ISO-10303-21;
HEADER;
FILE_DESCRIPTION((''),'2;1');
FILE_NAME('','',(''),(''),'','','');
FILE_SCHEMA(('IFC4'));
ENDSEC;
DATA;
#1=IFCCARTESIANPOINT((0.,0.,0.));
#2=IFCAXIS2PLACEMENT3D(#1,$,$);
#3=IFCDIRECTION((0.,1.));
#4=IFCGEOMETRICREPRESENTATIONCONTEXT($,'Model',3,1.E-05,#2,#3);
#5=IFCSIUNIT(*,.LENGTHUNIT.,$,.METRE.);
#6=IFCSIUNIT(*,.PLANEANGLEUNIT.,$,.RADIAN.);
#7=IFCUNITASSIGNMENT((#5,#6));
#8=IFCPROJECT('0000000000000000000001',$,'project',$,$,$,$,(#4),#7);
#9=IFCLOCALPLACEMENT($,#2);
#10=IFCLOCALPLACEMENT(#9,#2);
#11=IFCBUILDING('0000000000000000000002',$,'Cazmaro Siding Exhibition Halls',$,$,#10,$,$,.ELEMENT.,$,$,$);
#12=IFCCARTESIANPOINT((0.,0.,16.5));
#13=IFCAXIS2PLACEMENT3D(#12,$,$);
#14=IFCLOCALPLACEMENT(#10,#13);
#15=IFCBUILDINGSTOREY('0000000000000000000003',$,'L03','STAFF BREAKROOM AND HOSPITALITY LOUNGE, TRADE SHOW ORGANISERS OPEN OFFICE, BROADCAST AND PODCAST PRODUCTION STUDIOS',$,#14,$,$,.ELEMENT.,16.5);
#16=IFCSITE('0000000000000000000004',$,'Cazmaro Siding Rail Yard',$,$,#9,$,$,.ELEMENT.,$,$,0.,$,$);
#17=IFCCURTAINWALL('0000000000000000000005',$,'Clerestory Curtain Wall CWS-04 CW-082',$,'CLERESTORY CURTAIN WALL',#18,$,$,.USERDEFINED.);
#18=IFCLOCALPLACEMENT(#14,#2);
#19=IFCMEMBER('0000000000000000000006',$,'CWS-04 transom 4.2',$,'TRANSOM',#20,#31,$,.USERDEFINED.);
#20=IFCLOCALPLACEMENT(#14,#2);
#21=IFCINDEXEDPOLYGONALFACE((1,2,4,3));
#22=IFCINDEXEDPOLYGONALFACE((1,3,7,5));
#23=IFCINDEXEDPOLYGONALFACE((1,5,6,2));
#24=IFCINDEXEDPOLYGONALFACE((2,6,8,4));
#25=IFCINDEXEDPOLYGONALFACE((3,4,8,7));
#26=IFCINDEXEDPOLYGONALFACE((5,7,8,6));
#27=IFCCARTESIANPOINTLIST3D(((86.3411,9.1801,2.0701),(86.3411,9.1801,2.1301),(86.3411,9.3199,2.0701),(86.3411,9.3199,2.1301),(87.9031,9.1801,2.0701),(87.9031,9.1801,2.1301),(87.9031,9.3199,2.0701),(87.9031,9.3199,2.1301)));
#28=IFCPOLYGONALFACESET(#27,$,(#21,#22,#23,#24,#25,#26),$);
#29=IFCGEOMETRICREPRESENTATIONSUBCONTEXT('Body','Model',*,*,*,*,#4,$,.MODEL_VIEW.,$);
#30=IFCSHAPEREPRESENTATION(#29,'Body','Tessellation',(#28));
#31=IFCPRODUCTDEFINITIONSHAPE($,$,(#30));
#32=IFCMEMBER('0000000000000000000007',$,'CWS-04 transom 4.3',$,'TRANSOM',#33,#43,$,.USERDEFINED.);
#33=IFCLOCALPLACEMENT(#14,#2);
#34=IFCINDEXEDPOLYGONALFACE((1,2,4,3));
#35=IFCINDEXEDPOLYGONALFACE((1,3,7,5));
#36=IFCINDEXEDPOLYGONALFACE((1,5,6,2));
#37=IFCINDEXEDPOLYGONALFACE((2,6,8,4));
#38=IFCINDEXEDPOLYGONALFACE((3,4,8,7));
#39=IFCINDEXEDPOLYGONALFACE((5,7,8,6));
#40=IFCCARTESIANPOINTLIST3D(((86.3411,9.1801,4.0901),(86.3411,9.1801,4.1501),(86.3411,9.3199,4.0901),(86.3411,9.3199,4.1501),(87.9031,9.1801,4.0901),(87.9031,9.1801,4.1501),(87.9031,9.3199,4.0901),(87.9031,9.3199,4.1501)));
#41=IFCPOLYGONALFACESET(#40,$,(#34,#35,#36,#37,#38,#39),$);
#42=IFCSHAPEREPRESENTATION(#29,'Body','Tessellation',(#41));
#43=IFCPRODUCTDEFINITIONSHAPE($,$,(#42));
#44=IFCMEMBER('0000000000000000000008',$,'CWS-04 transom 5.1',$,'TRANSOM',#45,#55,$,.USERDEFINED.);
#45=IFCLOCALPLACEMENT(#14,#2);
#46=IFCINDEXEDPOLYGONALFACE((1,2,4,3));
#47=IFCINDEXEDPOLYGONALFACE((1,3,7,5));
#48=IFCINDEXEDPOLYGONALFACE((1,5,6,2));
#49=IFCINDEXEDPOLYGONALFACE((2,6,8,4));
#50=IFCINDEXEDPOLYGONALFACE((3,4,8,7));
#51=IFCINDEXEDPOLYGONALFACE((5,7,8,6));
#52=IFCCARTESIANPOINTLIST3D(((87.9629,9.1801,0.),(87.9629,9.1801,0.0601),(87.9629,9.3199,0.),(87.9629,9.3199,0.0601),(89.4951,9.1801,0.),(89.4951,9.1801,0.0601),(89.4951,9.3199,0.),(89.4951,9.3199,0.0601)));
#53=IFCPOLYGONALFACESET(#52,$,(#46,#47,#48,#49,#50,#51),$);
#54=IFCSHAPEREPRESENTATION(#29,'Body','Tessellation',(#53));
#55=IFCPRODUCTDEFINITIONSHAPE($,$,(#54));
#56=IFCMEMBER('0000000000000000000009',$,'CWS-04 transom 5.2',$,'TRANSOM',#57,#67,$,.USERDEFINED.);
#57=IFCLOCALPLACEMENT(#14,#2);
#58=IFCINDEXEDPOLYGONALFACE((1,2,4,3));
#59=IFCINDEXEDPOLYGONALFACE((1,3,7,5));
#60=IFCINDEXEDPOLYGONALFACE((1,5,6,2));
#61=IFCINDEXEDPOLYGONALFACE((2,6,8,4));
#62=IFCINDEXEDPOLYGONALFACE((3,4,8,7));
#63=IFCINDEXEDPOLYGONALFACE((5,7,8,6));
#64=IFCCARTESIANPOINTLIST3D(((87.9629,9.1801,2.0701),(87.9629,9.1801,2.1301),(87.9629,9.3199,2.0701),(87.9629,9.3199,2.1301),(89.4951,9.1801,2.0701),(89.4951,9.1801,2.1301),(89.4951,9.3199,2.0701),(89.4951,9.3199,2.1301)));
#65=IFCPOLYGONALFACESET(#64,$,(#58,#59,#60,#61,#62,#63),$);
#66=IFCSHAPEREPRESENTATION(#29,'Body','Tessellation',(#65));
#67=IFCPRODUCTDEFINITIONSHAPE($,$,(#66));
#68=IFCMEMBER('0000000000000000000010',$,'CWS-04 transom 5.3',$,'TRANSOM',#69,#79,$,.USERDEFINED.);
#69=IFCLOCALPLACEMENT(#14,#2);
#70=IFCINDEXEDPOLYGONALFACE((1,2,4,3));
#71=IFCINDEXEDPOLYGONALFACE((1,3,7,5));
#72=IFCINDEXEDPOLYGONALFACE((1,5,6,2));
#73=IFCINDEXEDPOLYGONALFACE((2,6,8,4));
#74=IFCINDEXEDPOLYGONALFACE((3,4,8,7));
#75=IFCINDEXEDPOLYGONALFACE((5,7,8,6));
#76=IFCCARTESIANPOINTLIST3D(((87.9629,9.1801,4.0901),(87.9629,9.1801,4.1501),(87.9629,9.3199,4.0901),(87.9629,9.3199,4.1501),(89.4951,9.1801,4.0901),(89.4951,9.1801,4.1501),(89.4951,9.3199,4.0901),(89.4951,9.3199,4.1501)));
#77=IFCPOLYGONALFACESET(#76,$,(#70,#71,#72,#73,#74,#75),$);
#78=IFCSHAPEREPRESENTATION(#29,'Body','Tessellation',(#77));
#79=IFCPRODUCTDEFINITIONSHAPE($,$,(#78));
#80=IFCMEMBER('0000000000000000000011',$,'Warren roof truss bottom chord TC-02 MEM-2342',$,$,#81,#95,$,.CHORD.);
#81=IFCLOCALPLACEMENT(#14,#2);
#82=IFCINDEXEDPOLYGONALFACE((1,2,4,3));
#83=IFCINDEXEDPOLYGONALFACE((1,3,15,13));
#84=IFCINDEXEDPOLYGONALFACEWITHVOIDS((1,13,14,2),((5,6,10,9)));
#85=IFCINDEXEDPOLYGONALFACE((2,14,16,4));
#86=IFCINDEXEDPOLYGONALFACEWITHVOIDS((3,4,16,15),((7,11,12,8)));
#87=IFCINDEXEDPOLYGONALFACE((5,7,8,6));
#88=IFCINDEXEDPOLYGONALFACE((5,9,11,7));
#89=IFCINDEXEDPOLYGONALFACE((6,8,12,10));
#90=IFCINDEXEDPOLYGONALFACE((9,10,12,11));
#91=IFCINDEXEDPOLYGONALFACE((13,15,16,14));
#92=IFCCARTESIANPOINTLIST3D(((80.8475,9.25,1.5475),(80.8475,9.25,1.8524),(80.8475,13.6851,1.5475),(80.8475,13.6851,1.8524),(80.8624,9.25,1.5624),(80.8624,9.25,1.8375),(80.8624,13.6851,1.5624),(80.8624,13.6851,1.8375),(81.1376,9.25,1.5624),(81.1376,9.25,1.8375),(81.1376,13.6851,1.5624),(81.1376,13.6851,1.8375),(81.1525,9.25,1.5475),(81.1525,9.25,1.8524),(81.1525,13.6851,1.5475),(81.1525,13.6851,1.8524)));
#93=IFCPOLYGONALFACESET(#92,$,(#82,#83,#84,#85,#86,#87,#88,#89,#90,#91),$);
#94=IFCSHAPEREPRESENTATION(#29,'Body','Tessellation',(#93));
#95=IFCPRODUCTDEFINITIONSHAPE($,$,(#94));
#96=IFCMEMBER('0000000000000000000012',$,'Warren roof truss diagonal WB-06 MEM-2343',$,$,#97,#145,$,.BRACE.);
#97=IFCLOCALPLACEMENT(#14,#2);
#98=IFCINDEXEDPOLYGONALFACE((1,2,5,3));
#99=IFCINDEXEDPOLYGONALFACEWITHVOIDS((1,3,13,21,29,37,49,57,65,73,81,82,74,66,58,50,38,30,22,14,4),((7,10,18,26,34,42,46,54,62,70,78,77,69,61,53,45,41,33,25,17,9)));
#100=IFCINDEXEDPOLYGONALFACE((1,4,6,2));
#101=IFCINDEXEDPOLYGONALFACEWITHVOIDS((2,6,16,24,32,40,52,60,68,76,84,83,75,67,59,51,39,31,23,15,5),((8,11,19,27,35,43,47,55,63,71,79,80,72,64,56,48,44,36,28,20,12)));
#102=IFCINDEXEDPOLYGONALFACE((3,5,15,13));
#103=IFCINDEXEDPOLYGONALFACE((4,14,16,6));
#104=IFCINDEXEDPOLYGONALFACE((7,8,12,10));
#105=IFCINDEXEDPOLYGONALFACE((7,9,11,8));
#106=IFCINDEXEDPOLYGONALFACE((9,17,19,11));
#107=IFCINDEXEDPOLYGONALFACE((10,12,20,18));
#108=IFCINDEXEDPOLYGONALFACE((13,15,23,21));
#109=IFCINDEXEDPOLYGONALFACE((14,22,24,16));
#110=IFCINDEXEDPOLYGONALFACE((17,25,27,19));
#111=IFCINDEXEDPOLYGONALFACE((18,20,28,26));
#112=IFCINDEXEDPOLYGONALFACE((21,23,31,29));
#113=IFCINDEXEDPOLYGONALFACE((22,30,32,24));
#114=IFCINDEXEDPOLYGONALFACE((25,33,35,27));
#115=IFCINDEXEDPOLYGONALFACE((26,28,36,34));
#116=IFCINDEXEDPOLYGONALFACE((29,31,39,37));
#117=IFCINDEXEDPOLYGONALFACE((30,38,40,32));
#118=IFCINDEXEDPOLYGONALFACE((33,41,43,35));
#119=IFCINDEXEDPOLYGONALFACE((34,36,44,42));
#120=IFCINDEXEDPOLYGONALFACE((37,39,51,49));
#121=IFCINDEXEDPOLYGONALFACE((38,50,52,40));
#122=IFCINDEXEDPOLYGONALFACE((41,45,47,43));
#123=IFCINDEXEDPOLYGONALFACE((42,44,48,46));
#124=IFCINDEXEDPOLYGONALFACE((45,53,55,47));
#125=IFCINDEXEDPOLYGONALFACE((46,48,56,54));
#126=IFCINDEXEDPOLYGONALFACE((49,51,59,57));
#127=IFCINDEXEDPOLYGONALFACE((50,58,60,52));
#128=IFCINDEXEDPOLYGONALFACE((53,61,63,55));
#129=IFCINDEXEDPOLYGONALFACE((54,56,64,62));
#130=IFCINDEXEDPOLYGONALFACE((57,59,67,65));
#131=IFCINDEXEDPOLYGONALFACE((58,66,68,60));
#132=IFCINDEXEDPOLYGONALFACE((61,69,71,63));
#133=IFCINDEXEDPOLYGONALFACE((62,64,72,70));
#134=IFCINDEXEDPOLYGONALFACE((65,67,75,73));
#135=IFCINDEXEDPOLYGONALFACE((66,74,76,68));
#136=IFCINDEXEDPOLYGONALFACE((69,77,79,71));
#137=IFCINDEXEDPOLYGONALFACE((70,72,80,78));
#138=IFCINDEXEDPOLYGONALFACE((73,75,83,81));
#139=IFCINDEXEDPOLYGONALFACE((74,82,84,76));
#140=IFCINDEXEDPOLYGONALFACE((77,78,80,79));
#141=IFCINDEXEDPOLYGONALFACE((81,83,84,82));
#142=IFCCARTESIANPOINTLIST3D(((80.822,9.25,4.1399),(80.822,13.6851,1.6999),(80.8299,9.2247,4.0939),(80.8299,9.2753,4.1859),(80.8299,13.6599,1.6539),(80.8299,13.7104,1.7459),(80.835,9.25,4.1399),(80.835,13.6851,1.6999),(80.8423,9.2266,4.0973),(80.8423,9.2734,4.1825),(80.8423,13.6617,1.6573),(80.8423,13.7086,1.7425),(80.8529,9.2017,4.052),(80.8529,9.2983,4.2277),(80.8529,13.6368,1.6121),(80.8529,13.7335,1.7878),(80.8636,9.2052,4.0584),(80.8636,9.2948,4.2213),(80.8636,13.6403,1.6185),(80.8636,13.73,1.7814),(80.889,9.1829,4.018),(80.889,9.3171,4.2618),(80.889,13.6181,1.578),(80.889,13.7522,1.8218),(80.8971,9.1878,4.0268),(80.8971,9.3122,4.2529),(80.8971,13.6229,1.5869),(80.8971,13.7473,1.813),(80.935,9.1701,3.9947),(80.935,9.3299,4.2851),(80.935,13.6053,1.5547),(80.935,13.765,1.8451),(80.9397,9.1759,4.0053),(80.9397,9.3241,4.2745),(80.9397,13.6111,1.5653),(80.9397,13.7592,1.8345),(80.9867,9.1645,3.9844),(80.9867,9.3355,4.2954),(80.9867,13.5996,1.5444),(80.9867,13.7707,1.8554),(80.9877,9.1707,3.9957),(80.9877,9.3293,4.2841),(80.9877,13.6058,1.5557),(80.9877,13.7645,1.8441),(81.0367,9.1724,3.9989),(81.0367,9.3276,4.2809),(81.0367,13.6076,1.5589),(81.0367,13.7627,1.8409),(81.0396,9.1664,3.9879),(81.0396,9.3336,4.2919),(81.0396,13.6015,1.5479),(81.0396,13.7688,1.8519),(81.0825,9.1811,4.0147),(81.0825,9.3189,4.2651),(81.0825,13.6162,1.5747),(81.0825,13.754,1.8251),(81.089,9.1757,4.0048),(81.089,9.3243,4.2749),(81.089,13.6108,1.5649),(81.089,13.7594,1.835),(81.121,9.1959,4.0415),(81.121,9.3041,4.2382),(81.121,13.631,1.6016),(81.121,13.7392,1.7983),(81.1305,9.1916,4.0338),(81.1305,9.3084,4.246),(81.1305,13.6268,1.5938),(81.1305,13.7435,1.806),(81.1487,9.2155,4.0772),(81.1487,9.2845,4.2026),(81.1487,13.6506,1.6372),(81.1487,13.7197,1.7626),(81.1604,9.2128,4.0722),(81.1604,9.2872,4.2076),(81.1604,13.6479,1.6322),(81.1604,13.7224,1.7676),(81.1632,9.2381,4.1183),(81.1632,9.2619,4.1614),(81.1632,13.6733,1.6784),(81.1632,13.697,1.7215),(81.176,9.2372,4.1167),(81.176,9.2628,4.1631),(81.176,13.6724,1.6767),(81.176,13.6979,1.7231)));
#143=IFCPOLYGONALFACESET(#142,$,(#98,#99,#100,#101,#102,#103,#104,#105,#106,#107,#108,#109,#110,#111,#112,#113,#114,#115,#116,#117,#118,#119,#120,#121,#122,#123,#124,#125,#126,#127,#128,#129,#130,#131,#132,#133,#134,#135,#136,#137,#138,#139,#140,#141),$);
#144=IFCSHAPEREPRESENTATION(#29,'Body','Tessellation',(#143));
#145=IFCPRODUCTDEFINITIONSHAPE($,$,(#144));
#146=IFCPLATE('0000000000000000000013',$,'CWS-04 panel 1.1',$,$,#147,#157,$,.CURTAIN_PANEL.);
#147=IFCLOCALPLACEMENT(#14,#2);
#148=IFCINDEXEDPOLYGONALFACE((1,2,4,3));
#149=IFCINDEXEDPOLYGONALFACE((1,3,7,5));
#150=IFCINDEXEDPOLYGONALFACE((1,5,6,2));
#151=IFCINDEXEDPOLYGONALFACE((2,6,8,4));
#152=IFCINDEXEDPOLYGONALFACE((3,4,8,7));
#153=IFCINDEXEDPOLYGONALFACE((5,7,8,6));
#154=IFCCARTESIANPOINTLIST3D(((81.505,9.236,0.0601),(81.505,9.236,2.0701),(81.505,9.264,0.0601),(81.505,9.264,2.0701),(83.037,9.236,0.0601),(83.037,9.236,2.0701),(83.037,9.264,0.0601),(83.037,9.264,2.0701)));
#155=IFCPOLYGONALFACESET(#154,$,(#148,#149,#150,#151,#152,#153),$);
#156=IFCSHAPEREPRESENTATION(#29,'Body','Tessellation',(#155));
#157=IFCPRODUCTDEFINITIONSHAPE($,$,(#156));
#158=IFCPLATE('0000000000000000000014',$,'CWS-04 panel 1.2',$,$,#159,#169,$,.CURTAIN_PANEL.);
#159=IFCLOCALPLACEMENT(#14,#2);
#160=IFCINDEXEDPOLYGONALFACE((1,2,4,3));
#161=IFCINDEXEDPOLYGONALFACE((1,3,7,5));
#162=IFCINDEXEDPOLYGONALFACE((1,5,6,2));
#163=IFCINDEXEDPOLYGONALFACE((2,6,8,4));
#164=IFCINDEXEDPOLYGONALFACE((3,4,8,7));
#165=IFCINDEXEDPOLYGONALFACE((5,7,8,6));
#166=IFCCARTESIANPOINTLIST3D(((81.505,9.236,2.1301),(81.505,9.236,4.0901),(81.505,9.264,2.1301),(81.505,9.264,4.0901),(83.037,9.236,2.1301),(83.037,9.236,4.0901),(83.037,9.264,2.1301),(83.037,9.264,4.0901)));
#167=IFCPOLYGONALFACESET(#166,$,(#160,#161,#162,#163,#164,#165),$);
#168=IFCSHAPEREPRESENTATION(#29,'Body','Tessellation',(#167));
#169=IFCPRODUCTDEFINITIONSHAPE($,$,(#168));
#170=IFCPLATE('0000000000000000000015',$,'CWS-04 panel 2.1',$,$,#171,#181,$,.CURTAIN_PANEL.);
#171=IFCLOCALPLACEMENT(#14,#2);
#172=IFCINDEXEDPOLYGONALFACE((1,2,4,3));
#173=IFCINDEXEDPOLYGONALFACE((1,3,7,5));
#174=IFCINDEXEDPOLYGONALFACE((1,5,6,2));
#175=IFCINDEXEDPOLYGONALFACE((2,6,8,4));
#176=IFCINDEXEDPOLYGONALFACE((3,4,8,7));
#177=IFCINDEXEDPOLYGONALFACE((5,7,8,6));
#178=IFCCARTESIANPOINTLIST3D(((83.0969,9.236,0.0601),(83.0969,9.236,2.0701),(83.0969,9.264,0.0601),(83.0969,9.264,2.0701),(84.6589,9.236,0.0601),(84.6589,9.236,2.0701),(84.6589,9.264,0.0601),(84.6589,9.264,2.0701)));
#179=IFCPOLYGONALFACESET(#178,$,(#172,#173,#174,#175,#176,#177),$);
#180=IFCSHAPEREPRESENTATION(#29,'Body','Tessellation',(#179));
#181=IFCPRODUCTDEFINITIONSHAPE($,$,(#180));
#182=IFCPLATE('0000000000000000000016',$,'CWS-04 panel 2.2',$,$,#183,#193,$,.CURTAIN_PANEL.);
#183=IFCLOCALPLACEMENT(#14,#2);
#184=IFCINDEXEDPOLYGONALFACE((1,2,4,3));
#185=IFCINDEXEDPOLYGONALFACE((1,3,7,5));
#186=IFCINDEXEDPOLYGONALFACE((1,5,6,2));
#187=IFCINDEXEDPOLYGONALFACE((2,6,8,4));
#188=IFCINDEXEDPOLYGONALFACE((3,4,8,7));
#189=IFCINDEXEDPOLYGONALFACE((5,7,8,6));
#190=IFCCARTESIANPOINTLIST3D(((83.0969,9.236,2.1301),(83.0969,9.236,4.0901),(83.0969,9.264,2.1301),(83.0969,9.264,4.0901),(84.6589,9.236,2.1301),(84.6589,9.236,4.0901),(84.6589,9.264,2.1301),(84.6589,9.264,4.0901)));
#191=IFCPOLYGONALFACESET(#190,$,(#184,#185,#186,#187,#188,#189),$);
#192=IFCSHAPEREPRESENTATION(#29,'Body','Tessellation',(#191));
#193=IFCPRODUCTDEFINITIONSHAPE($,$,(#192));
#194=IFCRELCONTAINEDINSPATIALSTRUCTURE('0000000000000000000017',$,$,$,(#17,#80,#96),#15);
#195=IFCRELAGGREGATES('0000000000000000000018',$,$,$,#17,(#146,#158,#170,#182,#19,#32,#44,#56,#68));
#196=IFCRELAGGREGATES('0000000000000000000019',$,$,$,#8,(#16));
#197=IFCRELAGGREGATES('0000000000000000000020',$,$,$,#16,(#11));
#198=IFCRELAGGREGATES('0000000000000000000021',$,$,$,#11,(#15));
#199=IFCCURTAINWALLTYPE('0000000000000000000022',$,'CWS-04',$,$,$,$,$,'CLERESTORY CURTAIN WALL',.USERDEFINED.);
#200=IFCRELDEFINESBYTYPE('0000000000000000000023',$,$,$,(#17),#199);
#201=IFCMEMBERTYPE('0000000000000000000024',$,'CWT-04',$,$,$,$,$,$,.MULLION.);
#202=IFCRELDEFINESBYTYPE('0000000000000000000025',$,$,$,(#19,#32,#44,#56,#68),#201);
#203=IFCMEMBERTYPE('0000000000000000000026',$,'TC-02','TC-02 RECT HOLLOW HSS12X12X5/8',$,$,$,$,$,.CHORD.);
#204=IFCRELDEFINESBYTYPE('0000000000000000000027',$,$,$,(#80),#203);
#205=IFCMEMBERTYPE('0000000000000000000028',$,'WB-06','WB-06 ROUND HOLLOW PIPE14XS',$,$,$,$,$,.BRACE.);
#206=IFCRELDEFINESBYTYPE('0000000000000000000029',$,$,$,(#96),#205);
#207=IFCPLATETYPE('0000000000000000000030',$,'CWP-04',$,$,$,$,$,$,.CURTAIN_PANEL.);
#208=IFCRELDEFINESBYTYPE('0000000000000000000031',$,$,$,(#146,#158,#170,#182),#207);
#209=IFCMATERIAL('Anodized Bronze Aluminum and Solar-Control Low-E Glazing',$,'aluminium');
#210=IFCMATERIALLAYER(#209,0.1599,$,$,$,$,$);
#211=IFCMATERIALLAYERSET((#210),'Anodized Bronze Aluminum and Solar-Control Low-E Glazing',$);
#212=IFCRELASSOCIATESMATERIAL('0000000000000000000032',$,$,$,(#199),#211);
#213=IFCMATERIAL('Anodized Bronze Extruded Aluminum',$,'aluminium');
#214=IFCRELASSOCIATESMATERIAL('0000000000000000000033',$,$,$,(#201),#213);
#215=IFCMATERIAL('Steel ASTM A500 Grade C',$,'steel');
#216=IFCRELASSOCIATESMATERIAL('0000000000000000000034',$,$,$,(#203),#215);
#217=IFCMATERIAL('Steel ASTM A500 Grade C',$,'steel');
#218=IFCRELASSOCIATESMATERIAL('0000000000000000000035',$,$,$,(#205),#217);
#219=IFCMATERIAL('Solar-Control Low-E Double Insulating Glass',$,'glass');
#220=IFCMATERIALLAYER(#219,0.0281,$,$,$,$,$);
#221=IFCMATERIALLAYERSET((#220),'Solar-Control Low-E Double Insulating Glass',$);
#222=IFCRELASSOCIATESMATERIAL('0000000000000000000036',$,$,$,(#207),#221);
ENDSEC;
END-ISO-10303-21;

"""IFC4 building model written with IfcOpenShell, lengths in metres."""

from ifc_helpers import new_model, si_unit, direction, frame, origin, origin_2d, place, context, subcontext, project, spatial, rectangle, hollow_rectangle, hollow_circle, extrude, material, layer, layer_set, material_profile, profile_set, type_object, element, aggregate, save


model = new_model("IFC4")

# Units and contexts
model_context = context("Model", 3, precision=1e-05, world=origin(), true_north=direction((0.0, 1.0)))
body_context = subcontext(model_context, "Body", "Model", "MODEL_VIEW")
ifc_project = project(units=[si_unit("LENGTHUNIT", "METRE"), si_unit("PLANEANGLEUNIT", "RADIAN")], contexts=[model_context])

# Site, building, storey
site_placement = place(None, origin())
site = spatial("IfcSite", under=ifc_project, at=site_placement, Name="Cazmaro Siding Rail Yard", CompositionType="ELEMENT", RefElevation=0.0)
building_placement = place(site_placement, origin())
building = spatial("IfcBuilding", under=site, at=building_placement, Name="Cazmaro Siding Exhibition Halls", CompositionType="ELEMENT")
storey_placement = place(building_placement, frame((0.0, 0.0, 16.5)))
storey = spatial("IfcBuildingStorey", under=building, at=storey_placement, Name="L03", Description="STAFF BREAKROOM AND HOSPITALITY LOUNGE, TRADE SHOW ORGANISERS OPEN OFFICE, BROADCAST AND PODCAST PRODUCTION STUDIOS", CompositionType="ELEMENT", Elevation=16.5)

# Curtain wall, members
ifc_material_1 = material(Name="Anodized Bronze Aluminum and Solar-Control Low-E Glazing", Category="aluminium")
ifc_layer_1 = layer(ifc_material_1, 0.1599)
ifc_layer_set_1 = layer_set([ifc_layer_1], Name="Anodized Bronze Aluminum and Solar-Control Low-E Glazing")
curtain_wall_type = type_object("IfcCurtainWallType", Name="CWS-04", ElementType="CLERESTORY CURTAIN WALL", PredefinedType="USERDEFINED", material=ifc_layer_set_1)
curtain_wall_placement = place(storey_placement, origin())
curtain_wall = element("IfcCurtainWall", 1, at=curtain_wall_placement, inside=storey, type_object=curtain_wall_type, Name="Clerestory Curtain Wall CWS-04 CW-082", ObjectType="CLERESTORY CURTAIN WALL", PredefinedType="USERDEFINED")
ifc_material_2 = material(Name="Anodized Bronze Extruded Aluminum", Category="aluminium")
ifc_material_profile_1 = material_profile(ifc_material_2, rectangle(XDim=0.1399, YDim=0.0601, at=origin_2d()), Name="CWT-04")
ifc_profile_set_1 = profile_set([ifc_material_profile_1], Name="Anodized Bronze Extruded Aluminum")
member_type_1 = type_object("IfcMemberType", Name="CWT-04", PredefinedType="MULLION", material=ifc_profile_set_1)
member_1_placement = place(storey_placement, frame((86.3411, 9.25, 2.1001), z_axis=(1.0, 0.0, 0.0), x_axis=(0.0, 1.0, 0.0)))
member_1 = element("IfcMember", 2, at=member_1_placement, type_object=member_type_1, Name="CWS-04 transom 4.2", ObjectType="TRANSOM", PredefinedType="USERDEFINED", context=body_context, shape_type="SweptSolid", body=[
    extrude(rectangle(XDim=0.1399, YDim=0.0601, at=origin_2d()), origin(), (0.0, 0.0, 1.0), 1.562),
])
member_2_placement = place(storey_placement, frame((86.3411, 9.25, 4.1201), z_axis=(1.0, 0.0, 0.0), x_axis=(0.0, 1.0, 0.0)))
member_2 = element("IfcMember", 3, at=member_2_placement, type_object=member_type_1, Name="CWS-04 transom 4.3", ObjectType="TRANSOM", PredefinedType="USERDEFINED", context=body_context, shape_type="SweptSolid", body=[
    extrude(rectangle(XDim=0.1399, YDim=0.0601, at=origin_2d()), origin(), (0.0, 0.0, 1.0), 1.562),
])
member_3_placement = place(storey_placement, frame((87.9629, 9.25, 0.03), z_axis=(1.0, 0.0, 0.0), x_axis=(0.0, 1.0, 0.0)))
member_3 = element("IfcMember", 4, at=member_3_placement, type_object=member_type_1, Name="CWS-04 transom 5.1", ObjectType="TRANSOM", PredefinedType="USERDEFINED", context=body_context, shape_type="SweptSolid", body=[
    extrude(rectangle(XDim=0.1399, YDim=0.0601, at=origin_2d()), origin(), (0.0, 0.0, 1.0), 1.5322),
])
member_4_placement = place(storey_placement, frame((87.9629, 9.25, 2.1001), z_axis=(1.0, 0.0, 0.0), x_axis=(0.0, 1.0, 0.0)))
member_4 = element("IfcMember", 5, at=member_4_placement, type_object=member_type_1, Name="CWS-04 transom 5.2", ObjectType="TRANSOM", PredefinedType="USERDEFINED", context=body_context, shape_type="SweptSolid", body=[
    extrude(rectangle(XDim=0.1399, YDim=0.0601, at=origin_2d()), origin(), (0.0, 0.0, 1.0), 1.5322),
])
member_5_placement = place(storey_placement, frame((87.9629, 9.25, 4.1201), z_axis=(1.0, 0.0, 0.0), x_axis=(0.0, 1.0, 0.0)))
member_5 = element("IfcMember", 6, at=member_5_placement, type_object=member_type_1, Name="CWS-04 transom 5.3", ObjectType="TRANSOM", PredefinedType="USERDEFINED", context=body_context, shape_type="SweptSolid", body=[
    extrude(rectangle(XDim=0.1399, YDim=0.0601, at=origin_2d()), origin(), (0.0, 0.0, 1.0), 1.5322),
])

# Members
ifc_material_3 = material(Name="Steel ASTM A500 Grade C", Category="steel")
ifc_material_profile_2 = material_profile(ifc_material_3, hollow_rectangle(XDim=0.3049, YDim=0.3049, WallThickness=0.0149, at=origin_2d()), Name="HSS12X12X5/8")
ifc_profile_set_2 = profile_set([ifc_material_profile_2], Name="Steel ASTM A500 Grade C")
member_type_2 = type_object("IfcMemberType", Name="TC-02", Description="TC-02 RECT HOLLOW HSS12X12X5/8", PredefinedType="CHORD", material=ifc_profile_set_2)
member_6_placement = place(storey_placement, frame((81.0, 9.25, 1.7), z_axis=(0.0, 1.0, 0.0), x_axis=(-1.0, 0.0, 0.0)))
element("IfcMember", 7, at=member_6_placement, inside=storey, type_object=member_type_2, Name="Warren roof truss bottom chord TC-02 MEM-2342", PredefinedType="CHORD", context=body_context, shape_type="SweptSolid", body=[
    extrude(hollow_rectangle(XDim=0.3049, YDim=0.3049, WallThickness=0.0149, at=origin_2d()), origin(), (0.0, 0.0, 1.0), 4.4351),
])
ifc_material_4 = material(Name="Steel ASTM A500 Grade C", Category="steel")
ifc_material_profile_3 = material_profile(ifc_material_4, hollow_circle(Radius=0.178, WallThickness=0.0129, at=origin_2d()), Name="PIPE14XS")
ifc_profile_set_3 = profile_set([ifc_material_profile_3], Name="Steel ASTM A500 Grade C")
member_type_3 = type_object("IfcMemberType", Name="WB-06", Description="WB-06 ROUND HOLLOW PIPE14XS", PredefinedType="BRACE", material=ifc_profile_set_3)
member_7_placement = place(storey_placement, frame((81.0, 9.25, 4.1399), z_axis=(0.0, 0.876161, -0.482019), x_axis=(-1.0, 0.0, 0.0)))
element("IfcMember", 8, at=member_7_placement, inside=storey, type_object=member_type_3, Name="Warren roof truss diagonal WB-06 MEM-2343", PredefinedType="BRACE", context=body_context, shape_type="SweptSolid", body=[
    extrude(hollow_circle(Radius=0.178, WallThickness=0.0129, at=origin_2d()), origin(), (0.0, 0.0, 1.0), 5.062),
])

# Plates
ifc_material_5 = material(Name="Solar-Control Low-E Double Insulating Glass", Category="glass")
ifc_layer_2 = layer(ifc_material_5, 0.0281)
ifc_layer_set_2 = layer_set([ifc_layer_2], Name="Solar-Control Low-E Double Insulating Glass")
plate_type = type_object("IfcPlateType", Name="CWP-04", PredefinedType="CURTAIN_PANEL", material=ifc_layer_set_2)
plate_1_placement = place(storey_placement, frame((82.271, 9.25, 0.0601), z_axis=(0.0, 0.0, 1.0), x_axis=(1.0, 0.0, 0.0)))
plate_1 = element("IfcPlate", 9, at=plate_1_placement, type_object=plate_type, Name="CWS-04 panel 1.1", PredefinedType="CURTAIN_PANEL", context=body_context, shape_type="SweptSolid", body=[
    extrude(rectangle(XDim=1.532, YDim=0.0281, at=origin_2d()), origin(), (0.0, 0.0, 1.0), 2.01),
])
plate_2_placement = place(storey_placement, frame((82.271, 9.25, 2.1301), z_axis=(0.0, 0.0, 1.0), x_axis=(1.0, 0.0, 0.0)))
plate_2 = element("IfcPlate", 10, at=plate_2_placement, type_object=plate_type, Name="CWS-04 panel 1.2", PredefinedType="CURTAIN_PANEL", context=body_context, shape_type="SweptSolid", body=[
    extrude(rectangle(XDim=1.532, YDim=0.0281, at=origin_2d()), origin(), (0.0, 0.0, 1.0), 1.96),
])
plate_3_placement = place(storey_placement, frame((83.8779, 9.25, 0.0601), z_axis=(0.0, 0.0, 1.0), x_axis=(1.0, 0.0, 0.0)))
plate_3 = element("IfcPlate", 11, at=plate_3_placement, type_object=plate_type, Name="CWS-04 panel 2.1", PredefinedType="CURTAIN_PANEL", context=body_context, shape_type="SweptSolid", body=[
    extrude(rectangle(XDim=1.562, YDim=0.0281, at=origin_2d()), origin(), (0.0, 0.0, 1.0), 2.01),
])
plate_4_placement = place(storey_placement, frame((83.8779, 9.25, 2.1301), z_axis=(0.0, 0.0, 1.0), x_axis=(1.0, 0.0, 0.0)))
plate_4 = element("IfcPlate", 12, at=plate_4_placement, type_object=plate_type, Name="CWS-04 panel 2.2", PredefinedType="CURTAIN_PANEL", context=body_context, shape_type="SweptSolid", body=[
    extrude(rectangle(XDim=1.562, YDim=0.0281, at=origin_2d()), origin(), (0.0, 0.0, 1.0), 1.96),
])
aggregate(curtain_wall, [plate_1, plate_2, plate_3, plate_4, member_1, member_2, member_3, member_4, member_5])

save(model, "model.ifc")
